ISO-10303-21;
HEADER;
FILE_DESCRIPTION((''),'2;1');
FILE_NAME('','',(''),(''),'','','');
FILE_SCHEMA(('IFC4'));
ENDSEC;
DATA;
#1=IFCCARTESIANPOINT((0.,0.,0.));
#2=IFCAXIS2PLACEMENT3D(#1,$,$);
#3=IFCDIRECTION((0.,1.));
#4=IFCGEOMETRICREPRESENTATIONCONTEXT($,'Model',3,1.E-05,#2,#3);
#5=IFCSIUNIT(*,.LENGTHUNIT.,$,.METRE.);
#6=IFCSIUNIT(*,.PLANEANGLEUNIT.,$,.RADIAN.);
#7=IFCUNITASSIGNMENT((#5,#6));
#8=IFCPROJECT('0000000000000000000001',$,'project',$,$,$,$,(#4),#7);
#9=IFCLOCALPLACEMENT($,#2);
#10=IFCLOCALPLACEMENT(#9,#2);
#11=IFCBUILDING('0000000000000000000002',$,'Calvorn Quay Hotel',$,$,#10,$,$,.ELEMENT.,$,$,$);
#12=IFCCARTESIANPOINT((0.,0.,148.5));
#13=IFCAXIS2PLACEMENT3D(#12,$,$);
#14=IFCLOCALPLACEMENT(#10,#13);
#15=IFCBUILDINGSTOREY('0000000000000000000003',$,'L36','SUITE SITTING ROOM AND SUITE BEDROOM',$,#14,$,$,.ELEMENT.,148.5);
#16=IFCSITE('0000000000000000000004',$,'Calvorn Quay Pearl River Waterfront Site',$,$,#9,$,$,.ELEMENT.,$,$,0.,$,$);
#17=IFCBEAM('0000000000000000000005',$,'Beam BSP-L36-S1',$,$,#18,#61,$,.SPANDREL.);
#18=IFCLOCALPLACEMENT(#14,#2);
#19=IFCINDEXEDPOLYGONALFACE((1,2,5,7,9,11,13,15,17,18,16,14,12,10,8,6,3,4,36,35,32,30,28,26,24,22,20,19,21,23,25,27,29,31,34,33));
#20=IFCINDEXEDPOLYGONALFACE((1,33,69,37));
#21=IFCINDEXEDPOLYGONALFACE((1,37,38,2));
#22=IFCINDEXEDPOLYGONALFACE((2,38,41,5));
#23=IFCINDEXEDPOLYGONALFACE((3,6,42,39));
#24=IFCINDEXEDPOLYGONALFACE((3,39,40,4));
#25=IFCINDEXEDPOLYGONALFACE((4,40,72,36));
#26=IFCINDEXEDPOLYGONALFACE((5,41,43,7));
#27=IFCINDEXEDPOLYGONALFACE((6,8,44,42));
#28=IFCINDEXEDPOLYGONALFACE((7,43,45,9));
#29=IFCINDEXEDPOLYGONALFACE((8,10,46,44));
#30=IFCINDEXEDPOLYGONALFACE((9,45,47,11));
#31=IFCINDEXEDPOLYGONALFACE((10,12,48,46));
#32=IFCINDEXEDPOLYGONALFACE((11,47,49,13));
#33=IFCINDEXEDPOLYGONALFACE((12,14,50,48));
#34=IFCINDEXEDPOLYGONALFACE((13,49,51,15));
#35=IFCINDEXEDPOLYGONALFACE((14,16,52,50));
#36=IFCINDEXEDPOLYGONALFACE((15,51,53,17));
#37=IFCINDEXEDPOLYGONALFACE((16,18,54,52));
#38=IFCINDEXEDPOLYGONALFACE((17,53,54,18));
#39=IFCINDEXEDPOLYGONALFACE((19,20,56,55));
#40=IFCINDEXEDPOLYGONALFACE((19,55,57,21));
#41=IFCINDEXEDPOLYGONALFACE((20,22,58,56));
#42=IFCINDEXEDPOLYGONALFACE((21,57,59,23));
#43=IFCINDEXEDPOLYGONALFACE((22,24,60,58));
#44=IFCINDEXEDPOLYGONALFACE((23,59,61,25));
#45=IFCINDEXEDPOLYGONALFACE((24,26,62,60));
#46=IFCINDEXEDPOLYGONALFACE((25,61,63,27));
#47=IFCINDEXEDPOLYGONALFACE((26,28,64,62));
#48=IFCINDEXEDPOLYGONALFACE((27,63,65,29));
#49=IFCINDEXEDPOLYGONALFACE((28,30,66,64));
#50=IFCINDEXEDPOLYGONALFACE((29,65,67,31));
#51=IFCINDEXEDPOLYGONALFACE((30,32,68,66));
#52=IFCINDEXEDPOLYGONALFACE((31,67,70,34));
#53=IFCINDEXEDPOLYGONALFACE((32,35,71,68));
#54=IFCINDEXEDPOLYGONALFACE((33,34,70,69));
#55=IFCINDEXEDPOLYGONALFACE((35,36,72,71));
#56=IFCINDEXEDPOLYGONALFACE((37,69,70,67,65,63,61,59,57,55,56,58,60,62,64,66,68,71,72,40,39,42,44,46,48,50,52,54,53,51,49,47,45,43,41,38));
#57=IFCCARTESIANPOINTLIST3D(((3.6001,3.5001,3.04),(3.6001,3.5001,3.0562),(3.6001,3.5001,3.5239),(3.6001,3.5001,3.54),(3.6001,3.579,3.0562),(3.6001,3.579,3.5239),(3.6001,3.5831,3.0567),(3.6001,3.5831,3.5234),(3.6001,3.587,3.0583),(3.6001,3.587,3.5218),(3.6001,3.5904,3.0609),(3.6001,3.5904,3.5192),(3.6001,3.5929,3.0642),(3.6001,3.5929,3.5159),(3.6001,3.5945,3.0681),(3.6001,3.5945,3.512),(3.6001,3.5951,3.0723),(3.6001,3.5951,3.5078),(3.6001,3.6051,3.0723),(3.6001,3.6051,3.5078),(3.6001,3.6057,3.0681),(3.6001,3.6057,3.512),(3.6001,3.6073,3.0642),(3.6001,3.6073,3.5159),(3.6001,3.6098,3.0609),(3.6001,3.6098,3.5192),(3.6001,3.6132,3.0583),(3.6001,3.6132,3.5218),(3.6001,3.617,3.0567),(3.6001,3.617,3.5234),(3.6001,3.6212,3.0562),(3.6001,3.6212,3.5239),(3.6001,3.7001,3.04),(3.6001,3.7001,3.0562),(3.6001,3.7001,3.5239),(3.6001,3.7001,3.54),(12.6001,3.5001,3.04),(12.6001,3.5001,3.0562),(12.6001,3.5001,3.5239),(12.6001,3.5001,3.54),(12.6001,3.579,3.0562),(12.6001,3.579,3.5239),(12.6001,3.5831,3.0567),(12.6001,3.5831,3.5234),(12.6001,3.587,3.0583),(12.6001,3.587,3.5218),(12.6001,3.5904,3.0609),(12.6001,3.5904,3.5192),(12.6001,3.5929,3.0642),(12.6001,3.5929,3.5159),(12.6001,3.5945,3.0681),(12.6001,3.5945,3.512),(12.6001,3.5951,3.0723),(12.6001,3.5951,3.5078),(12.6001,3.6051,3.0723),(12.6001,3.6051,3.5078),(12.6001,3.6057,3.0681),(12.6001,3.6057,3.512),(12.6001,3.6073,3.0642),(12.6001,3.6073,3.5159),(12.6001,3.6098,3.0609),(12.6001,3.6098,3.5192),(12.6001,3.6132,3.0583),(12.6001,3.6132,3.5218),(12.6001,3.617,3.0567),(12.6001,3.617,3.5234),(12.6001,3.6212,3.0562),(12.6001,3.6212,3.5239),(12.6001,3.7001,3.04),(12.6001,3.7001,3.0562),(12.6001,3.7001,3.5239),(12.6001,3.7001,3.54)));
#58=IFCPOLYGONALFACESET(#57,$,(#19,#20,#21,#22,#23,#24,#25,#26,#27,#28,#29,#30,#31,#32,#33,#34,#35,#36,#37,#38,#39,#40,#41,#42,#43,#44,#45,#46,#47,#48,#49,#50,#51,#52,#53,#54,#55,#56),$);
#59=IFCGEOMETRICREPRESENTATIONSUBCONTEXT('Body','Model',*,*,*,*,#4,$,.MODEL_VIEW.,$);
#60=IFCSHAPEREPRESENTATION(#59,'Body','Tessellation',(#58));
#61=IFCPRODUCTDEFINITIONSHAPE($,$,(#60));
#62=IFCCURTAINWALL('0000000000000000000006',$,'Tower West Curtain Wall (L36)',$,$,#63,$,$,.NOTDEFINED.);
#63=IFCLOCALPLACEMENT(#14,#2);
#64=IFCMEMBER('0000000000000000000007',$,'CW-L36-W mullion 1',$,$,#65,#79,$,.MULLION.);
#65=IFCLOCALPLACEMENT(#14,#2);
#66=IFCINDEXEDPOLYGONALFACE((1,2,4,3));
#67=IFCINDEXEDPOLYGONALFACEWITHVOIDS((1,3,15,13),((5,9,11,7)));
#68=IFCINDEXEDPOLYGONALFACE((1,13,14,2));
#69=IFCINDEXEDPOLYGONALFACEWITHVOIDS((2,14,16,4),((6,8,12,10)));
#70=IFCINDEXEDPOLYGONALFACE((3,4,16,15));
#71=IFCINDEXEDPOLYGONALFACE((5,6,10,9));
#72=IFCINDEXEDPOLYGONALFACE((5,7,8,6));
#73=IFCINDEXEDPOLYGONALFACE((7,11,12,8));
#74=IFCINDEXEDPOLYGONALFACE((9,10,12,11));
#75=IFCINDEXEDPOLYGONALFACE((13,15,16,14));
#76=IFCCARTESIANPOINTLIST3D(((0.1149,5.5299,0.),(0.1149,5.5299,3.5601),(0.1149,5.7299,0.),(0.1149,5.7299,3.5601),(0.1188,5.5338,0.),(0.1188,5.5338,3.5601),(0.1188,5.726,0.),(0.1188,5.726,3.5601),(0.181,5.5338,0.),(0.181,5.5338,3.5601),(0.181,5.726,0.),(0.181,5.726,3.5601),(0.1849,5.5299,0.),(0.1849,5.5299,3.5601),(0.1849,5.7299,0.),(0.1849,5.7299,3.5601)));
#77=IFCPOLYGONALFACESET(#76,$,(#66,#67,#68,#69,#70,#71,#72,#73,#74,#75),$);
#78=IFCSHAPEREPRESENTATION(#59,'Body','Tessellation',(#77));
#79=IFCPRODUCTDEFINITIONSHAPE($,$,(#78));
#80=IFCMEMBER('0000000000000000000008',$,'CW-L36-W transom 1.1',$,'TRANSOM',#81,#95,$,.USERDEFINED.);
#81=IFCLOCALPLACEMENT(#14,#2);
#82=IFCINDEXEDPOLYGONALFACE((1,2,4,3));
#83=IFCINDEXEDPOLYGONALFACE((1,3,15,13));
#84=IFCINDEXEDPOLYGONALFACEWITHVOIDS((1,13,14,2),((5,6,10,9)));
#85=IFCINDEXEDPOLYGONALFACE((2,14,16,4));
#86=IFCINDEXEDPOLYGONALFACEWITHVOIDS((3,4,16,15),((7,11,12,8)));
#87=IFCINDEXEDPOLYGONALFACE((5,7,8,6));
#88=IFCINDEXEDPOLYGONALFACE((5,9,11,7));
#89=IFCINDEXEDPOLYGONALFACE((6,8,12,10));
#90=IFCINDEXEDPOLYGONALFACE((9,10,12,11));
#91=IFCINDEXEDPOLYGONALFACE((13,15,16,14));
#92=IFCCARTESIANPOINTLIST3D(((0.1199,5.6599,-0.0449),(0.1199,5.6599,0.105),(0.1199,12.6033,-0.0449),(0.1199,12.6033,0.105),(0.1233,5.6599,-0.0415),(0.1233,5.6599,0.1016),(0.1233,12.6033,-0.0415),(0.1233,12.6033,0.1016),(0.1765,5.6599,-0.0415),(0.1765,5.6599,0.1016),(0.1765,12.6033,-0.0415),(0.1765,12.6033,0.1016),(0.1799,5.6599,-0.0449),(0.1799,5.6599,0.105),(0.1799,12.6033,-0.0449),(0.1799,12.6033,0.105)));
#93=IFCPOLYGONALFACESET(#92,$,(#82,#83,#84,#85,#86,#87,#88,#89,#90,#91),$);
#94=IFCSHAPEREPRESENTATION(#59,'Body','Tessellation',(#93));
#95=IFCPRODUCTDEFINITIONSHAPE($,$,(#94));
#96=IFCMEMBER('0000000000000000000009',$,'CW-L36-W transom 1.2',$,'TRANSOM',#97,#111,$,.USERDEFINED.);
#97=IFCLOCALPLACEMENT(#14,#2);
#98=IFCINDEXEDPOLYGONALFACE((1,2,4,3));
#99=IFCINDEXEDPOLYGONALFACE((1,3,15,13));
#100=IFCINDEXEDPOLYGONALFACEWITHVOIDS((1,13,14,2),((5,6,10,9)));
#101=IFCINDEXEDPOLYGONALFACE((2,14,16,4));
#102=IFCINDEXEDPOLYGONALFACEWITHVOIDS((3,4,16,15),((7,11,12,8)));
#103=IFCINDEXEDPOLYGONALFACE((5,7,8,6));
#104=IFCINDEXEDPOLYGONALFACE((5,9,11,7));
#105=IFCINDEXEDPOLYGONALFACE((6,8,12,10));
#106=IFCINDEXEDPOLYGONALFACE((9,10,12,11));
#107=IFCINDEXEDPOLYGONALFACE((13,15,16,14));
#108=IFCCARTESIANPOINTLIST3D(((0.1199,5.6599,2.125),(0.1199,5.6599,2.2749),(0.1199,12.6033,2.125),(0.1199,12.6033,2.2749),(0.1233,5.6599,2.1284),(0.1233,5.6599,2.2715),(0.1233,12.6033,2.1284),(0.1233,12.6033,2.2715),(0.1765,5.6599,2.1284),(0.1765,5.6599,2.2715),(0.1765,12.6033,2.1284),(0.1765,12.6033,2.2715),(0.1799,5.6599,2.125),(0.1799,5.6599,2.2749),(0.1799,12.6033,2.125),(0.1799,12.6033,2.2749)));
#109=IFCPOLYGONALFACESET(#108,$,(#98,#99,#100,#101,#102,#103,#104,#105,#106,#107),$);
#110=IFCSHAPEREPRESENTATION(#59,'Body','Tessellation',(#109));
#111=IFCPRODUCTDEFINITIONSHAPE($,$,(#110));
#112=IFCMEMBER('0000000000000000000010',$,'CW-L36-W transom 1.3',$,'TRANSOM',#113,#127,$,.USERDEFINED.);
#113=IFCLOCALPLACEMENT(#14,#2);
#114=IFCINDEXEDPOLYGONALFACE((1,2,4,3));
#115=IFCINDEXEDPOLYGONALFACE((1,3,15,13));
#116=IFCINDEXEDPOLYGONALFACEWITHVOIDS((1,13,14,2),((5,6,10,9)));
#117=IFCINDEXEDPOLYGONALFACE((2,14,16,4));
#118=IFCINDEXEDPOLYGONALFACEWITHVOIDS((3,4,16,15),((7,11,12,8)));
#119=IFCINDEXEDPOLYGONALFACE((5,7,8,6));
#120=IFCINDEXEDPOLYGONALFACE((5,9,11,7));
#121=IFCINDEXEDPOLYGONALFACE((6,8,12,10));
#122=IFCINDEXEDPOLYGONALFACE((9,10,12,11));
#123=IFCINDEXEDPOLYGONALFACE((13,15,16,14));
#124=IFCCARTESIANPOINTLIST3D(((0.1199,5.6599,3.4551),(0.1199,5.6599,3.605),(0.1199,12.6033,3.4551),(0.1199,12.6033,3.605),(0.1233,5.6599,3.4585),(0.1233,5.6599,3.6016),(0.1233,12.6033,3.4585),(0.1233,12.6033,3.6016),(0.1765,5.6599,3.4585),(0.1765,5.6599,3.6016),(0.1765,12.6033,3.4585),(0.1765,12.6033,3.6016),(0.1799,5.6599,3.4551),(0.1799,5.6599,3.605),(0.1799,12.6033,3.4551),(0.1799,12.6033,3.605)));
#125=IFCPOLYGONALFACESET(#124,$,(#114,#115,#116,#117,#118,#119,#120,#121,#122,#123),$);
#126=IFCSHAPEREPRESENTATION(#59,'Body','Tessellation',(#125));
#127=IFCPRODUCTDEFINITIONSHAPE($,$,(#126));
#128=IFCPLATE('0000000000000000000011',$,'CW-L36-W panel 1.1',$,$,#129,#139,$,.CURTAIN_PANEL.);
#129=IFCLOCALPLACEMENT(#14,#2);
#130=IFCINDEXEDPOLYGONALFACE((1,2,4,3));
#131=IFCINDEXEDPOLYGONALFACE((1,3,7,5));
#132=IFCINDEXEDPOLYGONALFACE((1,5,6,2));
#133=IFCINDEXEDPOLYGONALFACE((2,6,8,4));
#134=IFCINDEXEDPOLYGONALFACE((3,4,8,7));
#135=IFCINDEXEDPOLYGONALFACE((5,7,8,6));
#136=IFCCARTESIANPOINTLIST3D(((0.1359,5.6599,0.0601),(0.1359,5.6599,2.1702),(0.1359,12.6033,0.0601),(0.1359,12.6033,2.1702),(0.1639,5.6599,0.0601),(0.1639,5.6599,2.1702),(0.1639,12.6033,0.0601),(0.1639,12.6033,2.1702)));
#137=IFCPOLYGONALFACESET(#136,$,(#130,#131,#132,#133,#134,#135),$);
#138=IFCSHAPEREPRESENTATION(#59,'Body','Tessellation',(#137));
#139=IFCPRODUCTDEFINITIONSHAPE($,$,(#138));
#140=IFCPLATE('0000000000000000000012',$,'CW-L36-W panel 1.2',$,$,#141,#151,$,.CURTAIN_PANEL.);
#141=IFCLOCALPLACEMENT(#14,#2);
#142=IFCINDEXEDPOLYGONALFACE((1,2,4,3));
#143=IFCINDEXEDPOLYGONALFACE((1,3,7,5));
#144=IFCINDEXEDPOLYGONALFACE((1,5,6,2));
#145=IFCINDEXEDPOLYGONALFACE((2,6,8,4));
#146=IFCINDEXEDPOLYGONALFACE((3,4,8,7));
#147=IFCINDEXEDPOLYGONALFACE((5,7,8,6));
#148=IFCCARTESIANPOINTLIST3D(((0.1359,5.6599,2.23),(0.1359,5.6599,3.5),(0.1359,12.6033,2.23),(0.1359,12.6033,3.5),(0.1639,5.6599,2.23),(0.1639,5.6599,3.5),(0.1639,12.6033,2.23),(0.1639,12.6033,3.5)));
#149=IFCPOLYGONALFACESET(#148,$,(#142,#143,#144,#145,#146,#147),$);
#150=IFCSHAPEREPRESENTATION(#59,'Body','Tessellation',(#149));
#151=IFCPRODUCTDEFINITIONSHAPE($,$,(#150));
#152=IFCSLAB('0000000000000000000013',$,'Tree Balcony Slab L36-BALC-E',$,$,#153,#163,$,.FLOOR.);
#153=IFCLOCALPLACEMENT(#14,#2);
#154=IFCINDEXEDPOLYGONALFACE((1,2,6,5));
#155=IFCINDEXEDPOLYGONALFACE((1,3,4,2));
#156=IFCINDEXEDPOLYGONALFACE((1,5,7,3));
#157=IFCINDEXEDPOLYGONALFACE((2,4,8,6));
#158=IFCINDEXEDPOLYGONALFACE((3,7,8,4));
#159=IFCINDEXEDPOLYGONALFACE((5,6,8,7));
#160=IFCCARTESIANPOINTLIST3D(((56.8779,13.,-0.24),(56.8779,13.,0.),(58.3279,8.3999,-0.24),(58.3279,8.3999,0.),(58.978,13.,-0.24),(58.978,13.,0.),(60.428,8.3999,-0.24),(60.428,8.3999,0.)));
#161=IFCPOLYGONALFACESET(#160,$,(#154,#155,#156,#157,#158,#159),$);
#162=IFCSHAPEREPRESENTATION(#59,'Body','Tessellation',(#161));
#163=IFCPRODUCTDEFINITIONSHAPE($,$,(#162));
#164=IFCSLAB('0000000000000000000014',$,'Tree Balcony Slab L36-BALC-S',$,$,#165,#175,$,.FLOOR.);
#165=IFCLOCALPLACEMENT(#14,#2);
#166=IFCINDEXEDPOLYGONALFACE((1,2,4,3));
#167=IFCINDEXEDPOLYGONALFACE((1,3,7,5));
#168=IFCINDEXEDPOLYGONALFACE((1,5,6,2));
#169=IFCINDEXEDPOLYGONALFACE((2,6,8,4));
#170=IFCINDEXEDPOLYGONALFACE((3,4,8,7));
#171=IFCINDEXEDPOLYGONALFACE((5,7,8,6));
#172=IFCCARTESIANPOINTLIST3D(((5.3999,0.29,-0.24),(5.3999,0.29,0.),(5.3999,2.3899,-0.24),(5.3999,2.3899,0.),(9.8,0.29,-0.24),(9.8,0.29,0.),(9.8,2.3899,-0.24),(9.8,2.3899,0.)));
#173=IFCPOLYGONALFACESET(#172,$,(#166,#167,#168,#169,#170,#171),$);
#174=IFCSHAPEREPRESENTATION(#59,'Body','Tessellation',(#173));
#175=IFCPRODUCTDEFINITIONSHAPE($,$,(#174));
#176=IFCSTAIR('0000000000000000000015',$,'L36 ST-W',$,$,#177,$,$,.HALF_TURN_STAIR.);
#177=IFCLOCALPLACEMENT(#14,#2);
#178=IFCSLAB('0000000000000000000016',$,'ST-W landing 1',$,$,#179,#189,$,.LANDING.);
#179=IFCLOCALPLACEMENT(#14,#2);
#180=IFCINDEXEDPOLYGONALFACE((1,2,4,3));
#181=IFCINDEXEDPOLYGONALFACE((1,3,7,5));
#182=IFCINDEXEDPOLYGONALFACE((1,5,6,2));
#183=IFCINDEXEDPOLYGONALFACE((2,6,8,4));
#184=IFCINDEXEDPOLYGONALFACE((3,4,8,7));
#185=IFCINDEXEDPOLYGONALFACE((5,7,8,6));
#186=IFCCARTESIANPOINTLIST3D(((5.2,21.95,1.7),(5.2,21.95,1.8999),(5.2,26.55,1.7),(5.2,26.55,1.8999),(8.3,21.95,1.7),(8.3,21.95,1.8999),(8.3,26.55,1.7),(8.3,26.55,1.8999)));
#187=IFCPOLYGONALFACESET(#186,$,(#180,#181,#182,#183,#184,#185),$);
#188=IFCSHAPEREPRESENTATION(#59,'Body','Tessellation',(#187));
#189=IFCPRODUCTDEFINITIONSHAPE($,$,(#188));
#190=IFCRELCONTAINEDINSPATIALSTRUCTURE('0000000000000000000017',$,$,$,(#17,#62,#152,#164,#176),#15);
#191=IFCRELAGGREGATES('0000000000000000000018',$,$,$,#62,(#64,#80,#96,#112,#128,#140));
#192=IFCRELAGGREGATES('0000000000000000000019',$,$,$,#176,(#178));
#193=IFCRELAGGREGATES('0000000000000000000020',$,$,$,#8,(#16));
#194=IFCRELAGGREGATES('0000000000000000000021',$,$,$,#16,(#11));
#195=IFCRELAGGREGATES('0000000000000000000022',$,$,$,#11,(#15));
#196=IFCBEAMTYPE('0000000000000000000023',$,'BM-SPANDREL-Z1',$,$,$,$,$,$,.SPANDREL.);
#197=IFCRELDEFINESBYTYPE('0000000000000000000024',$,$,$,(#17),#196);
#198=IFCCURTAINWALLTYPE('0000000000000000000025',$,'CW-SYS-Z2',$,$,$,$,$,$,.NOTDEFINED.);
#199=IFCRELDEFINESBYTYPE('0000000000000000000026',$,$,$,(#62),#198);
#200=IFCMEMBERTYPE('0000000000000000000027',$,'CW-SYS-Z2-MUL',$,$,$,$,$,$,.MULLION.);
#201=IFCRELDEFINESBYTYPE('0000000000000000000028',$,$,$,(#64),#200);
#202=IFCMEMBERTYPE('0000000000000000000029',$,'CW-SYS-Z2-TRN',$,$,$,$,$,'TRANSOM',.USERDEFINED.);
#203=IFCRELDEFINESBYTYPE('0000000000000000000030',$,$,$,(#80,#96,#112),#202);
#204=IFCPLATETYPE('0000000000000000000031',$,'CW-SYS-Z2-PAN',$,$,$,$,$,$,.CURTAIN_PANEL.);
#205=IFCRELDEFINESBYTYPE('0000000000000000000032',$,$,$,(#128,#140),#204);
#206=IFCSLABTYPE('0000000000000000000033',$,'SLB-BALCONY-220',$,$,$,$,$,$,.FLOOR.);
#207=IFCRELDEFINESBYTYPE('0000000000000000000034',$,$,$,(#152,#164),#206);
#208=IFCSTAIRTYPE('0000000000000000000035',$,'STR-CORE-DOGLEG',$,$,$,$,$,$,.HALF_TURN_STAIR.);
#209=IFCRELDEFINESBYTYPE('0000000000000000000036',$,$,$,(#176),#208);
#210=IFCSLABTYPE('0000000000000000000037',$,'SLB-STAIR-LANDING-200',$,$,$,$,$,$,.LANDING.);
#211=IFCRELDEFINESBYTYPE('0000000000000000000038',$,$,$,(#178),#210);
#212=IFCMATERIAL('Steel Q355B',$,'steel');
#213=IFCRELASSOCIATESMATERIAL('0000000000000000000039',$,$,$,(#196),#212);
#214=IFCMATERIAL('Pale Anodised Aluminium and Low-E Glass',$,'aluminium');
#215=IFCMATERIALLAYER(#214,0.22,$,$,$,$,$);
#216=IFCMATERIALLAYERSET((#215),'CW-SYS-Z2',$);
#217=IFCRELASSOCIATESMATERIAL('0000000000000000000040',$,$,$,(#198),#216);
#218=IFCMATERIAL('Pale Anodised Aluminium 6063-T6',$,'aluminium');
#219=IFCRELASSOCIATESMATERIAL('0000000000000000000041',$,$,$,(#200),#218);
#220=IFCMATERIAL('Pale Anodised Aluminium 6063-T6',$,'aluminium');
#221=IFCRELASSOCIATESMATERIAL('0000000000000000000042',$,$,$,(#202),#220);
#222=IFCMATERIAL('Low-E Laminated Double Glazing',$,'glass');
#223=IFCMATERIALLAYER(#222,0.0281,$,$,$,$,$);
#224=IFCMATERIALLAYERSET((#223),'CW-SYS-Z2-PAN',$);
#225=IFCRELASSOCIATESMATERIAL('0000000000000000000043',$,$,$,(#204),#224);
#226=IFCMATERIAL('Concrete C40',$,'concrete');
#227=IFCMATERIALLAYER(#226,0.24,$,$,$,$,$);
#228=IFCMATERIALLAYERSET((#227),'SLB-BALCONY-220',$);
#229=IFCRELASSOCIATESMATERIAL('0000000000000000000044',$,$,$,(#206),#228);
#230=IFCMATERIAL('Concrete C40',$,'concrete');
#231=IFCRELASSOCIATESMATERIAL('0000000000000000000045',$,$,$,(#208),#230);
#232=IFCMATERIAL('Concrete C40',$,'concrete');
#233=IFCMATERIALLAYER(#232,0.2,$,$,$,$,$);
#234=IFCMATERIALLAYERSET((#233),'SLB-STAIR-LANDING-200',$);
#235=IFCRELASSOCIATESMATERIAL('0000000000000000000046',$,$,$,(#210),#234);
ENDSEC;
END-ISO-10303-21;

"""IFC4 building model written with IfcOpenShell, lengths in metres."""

from ifc_helpers import new_model, si_unit, direction, frame, origin, origin_2d, place, context, subcontext, project, spatial, polyline, rectangle, hollow_rectangle, i_section, outline, extrude, material, layer, layer_set, material_profile, profile_set, type_object, element, aggregate, save


model = new_model("IFC4")

# Units and contexts
model_context = context("Model", 3, precision=1e-05, world=origin(), true_north=direction((0.0, 1.0)))
body_context = subcontext(model_context, "Body", "Model", "MODEL_VIEW")
ifc_project = project(units=[si_unit("LENGTHUNIT", "METRE"), si_unit("PLANEANGLEUNIT", "RADIAN")], contexts=[model_context])

# Site, building, storey
site_placement = place(None, origin())
site = spatial("IfcSite", under=ifc_project, at=site_placement, Name="Calvorn Quay Pearl River Waterfront Site", CompositionType="ELEMENT", RefElevation=0.0)
building_placement = place(site_placement, origin())
building = spatial("IfcBuilding", under=site, at=building_placement, Name="Calvorn Quay Hotel", CompositionType="ELEMENT")
storey_placement = place(building_placement, frame((0.0, 0.0, 148.5)))
storey = spatial("IfcBuildingStorey", under=building, at=storey_placement, Name="L36", Description="SUITE SITTING ROOM AND SUITE BEDROOM", CompositionType="ELEMENT", Elevation=148.5)

# Beam
ifc_material_1 = material(Name="Steel Q355B", Category="steel")
ifc_material_profile_1 = material_profile(ifc_material_1, i_section(OverallWidth=0.2, OverallDepth=0.5, WebThickness=0.01, FlangeThickness=0.0161, FilletRadius=0.0161, at=origin_2d()), Name="HN500x200x10x16")
ifc_profile_set_1 = profile_set([ifc_material_profile_1], Name="Steel Q355B")
beam_type_1 = type_object("IfcBeamType", Name="BM-SPANDREL-Z1", PredefinedType="SPANDREL", material=ifc_profile_set_1)
beam_1_placement = place(storey_placement, frame((3.6001, 3.6001, 3.29), z_axis=(1.0, 0.0, 0.0), x_axis=(0.0, 1.0, 0.0)))
element("IfcBeam", 1, at=beam_1_placement, inside=storey, type_object=beam_type_1, Name="Beam BSP-L36-S1", PredefinedType="SPANDREL", context=body_context, shape_type="SweptSolid", body=[
    extrude(i_section(OverallWidth=0.2, OverallDepth=0.5, WebThickness=0.01, FlangeThickness=0.0161, FilletRadius=0.0161, at=origin_2d()), origin(), (0.0, 0.0, 1.0), 9.0),
])

# Curtain wall, members, plates
ifc_material_2 = material(Name="Pale Anodised Aluminium and Low-E Glass", Category="aluminium")
ifc_layer_1 = layer(ifc_material_2, 0.22)
ifc_layer_set_1 = layer_set([ifc_layer_1], Name="CW-SYS-Z2")
curtain_wall_type = type_object("IfcCurtainWallType", Name="CW-SYS-Z2", PredefinedType="NOTDEFINED", material=ifc_layer_set_1)
curtain_wall_placement = place(storey_placement, origin())
curtain_wall = element("IfcCurtainWall", 2, at=curtain_wall_placement, inside=storey, type_object=curtain_wall_type, Name="Tower West Curtain Wall (L36)", PredefinedType="NOTDEFINED")
ifc_material_3 = material(Name="Pale Anodised Aluminium 6063-T6", Category="aluminium")
ifc_material_profile_2 = material_profile(ifc_material_3, hollow_rectangle(XDim=0.0701, YDim=0.2, WallThickness=0.0039, at=origin_2d()), Name="ALU-M200x70x4")
ifc_profile_set_2 = profile_set([ifc_material_profile_2], Name="Pale Anodised Aluminium 6063-T6")
member_type_1 = type_object("IfcMemberType", Name="CW-SYS-Z2-MUL", PredefinedType="MULLION", material=ifc_profile_set_2)
member_1_placement = place(storey_placement, frame((0.1499, 5.6299, 0.0), z_axis=(0.0, 0.0, 1.0), x_axis=(-1.0, 0.0, 0.0)))
member_1 = element("IfcMember", 3, at=member_1_placement, type_object=member_type_1, Name="CW-L36-W mullion 1", PredefinedType="MULLION", context=body_context, shape_type="SweptSolid", body=[
    extrude(hollow_rectangle(XDim=0.0701, YDim=0.2, WallThickness=0.0039, at=origin_2d()), origin(), (0.0, 0.0, 1.0), 3.5601),
])
ifc_material_4 = material(Name="Pale Anodised Aluminium 6063-T6", Category="aluminium")
ifc_material_profile_3 = material_profile(ifc_material_4, hollow_rectangle(XDim=0.0601, YDim=0.1499, WallThickness=0.0034, at=origin_2d()), Name="ALU-T150x60x3.5")
ifc_profile_set_3 = profile_set([ifc_material_profile_3], Name="Pale Anodised Aluminium 6063-T6")
member_type_2 = type_object("IfcMemberType", Name="CW-SYS-Z2-TRN", ElementType="TRANSOM", PredefinedType="USERDEFINED", material=ifc_profile_set_3)
member_2_placement = place(storey_placement, frame((0.1499, 5.6599, 0.03), z_axis=(0.0, 1.0, 0.0), x_axis=(-1.0, 0.0, 0.0)))
member_2 = element("IfcMember", 4, at=member_2_placement, type_object=member_type_2, Name="CW-L36-W transom 1.1", ObjectType="TRANSOM", PredefinedType="USERDEFINED", context=body_context, shape_type="SweptSolid", body=[
    extrude(hollow_rectangle(XDim=0.0601, YDim=0.1499, WallThickness=0.0034, at=origin_2d()), origin(), (0.0, 0.0, 1.0), 6.9434),
])
member_3_placement = place(storey_placement, frame((0.1499, 5.6599, 2.2), z_axis=(0.0, 1.0, 0.0), x_axis=(-1.0, 0.0, 0.0)))
member_3 = element("IfcMember", 5, at=member_3_placement, type_object=member_type_2, Name="CW-L36-W transom 1.2", ObjectType="TRANSOM", PredefinedType="USERDEFINED", context=body_context, shape_type="SweptSolid", body=[
    extrude(hollow_rectangle(XDim=0.0601, YDim=0.1499, WallThickness=0.0034, at=origin_2d()), origin(), (0.0, 0.0, 1.0), 6.9434),
])
member_4_placement = place(storey_placement, frame((0.1499, 5.6599, 3.53), z_axis=(0.0, 1.0, 0.0), x_axis=(-1.0, 0.0, 0.0)))
member_4 = element("IfcMember", 6, at=member_4_placement, type_object=member_type_2, Name="CW-L36-W transom 1.3", ObjectType="TRANSOM", PredefinedType="USERDEFINED", context=body_context, shape_type="SweptSolid", body=[
    extrude(hollow_rectangle(XDim=0.0601, YDim=0.1499, WallThickness=0.0034, at=origin_2d()), origin(), (0.0, 0.0, 1.0), 6.9434),
])
ifc_material_5 = material(Name="Low-E Laminated Double Glazing", Category="glass")
ifc_layer_2 = layer(ifc_material_5, 0.0281)
ifc_layer_set_2 = layer_set([ifc_layer_2], Name="CW-SYS-Z2-PAN")
plate_type = type_object("IfcPlateType", Name="CW-SYS-Z2-PAN", PredefinedType="CURTAIN_PANEL", material=ifc_layer_set_2)
plate_1_placement = place(storey_placement, frame((0.1499, 9.1316, 0.0601), z_axis=(0.0, 0.0, 1.0), x_axis=(0.0, 1.0, 0.0)))
plate_1 = element("IfcPlate", 7, at=plate_1_placement, type_object=plate_type, Name="CW-L36-W panel 1.1", PredefinedType="CURTAIN_PANEL", context=body_context, shape_type="SweptSolid", body=[
    extrude(rectangle(XDim=6.9434, YDim=0.0281, at=origin_2d()), origin(), (0.0, 0.0, 1.0), 2.1101),
])
plate_2_placement = place(storey_placement, frame((0.1499, 9.1316, 2.23), z_axis=(0.0, 0.0, 1.0), x_axis=(0.0, 1.0, 0.0)))
plate_2 = element("IfcPlate", 8, at=plate_2_placement, type_object=plate_type, Name="CW-L36-W panel 1.2", PredefinedType="CURTAIN_PANEL", context=body_context, shape_type="SweptSolid", body=[
    extrude(rectangle(XDim=6.9434, YDim=0.0281, at=origin_2d()), origin(), (0.0, 0.0, 1.0), 1.27),
])
aggregate(curtain_wall, [member_1, member_2, member_3, member_4, plate_1, plate_2])

# Slabs
ifc_material_6 = material(Name="Concrete C40", Category="concrete")
ifc_layer_3 = layer(ifc_material_6, 0.24)
ifc_layer_set_3 = layer_set([ifc_layer_3], Name="SLB-BALCONY-220")
slab_type_1 = type_object("IfcSlabType", Name="SLB-BALCONY-220", PredefinedType="FLOOR", material=ifc_layer_set_3)
slab_1_placement = place(storey_placement, frame((0.0, 0.0, -0.24)))
element("IfcSlab", 9, at=slab_1_placement, inside=storey, type_object=slab_type_1, Name="Tree Balcony Slab L36-BALC-E", PredefinedType="FLOOR", context=body_context, shape_type="SweptSolid", body=[
    extrude(outline(polyline([(58.3279, 8.3999), (60.428, 8.3999), (58.978, 13.0), (56.8779, 13.0), (58.3279, 8.3999)])), origin(), (0.0, 0.0, 1.0), 0.24),
])
slab_2_placement = place(storey_placement, frame((0.0, 0.0, -0.24)))
element("IfcSlab", 10, at=slab_2_placement, inside=storey, type_object=slab_type_1, Name="Tree Balcony Slab L36-BALC-S", PredefinedType="FLOOR", context=body_context, shape_type="SweptSolid", body=[
    extrude(outline(polyline([(5.3999, 0.29), (9.8, 0.29), (9.8, 2.3899), (5.3999, 2.3899), (5.3999, 0.29)])), origin(), (0.0, 0.0, 1.0), 0.24),
])

# Stair, slab
ifc_material_7 = material(Name="Concrete C40", Category="concrete")
stair_type = type_object("IfcStairType", Name="STR-CORE-DOGLEG", PredefinedType="HALF_TURN_STAIR", material=ifc_material_7)
stair_1_placement = place(storey_placement, origin())
stair_1 = element("IfcStair", 11, at=stair_1_placement, inside=storey, type_object=stair_type, Name="L36 ST-W", PredefinedType="HALF_TURN_STAIR")
ifc_material_8 = material(Name="Concrete C40", Category="concrete")
ifc_layer_4 = layer(ifc_material_8, 0.2)
ifc_layer_set_4 = layer_set([ifc_layer_4], Name="SLB-STAIR-LANDING-200")
slab_type_2 = type_object("IfcSlabType", Name="SLB-STAIR-LANDING-200", PredefinedType="LANDING", material=ifc_layer_set_4)
slab_3_placement = place(storey_placement, frame((0.0, 0.0, 1.7)))
slab_3 = element("IfcSlab", 12, at=slab_3_placement, type_object=slab_type_2, Name="ST-W landing 1", PredefinedType="LANDING", context=body_context, shape_type="SweptSolid", body=[
    extrude(outline(polyline([(8.3, 21.95), (8.3, 26.55), (5.2, 26.55), (5.2, 21.95), (8.3, 21.95)])), origin(), (0.0, 0.0, 1.0), 0.2),
])
aggregate(stair_1, [slab_3])

save(model, "model.ifc")
